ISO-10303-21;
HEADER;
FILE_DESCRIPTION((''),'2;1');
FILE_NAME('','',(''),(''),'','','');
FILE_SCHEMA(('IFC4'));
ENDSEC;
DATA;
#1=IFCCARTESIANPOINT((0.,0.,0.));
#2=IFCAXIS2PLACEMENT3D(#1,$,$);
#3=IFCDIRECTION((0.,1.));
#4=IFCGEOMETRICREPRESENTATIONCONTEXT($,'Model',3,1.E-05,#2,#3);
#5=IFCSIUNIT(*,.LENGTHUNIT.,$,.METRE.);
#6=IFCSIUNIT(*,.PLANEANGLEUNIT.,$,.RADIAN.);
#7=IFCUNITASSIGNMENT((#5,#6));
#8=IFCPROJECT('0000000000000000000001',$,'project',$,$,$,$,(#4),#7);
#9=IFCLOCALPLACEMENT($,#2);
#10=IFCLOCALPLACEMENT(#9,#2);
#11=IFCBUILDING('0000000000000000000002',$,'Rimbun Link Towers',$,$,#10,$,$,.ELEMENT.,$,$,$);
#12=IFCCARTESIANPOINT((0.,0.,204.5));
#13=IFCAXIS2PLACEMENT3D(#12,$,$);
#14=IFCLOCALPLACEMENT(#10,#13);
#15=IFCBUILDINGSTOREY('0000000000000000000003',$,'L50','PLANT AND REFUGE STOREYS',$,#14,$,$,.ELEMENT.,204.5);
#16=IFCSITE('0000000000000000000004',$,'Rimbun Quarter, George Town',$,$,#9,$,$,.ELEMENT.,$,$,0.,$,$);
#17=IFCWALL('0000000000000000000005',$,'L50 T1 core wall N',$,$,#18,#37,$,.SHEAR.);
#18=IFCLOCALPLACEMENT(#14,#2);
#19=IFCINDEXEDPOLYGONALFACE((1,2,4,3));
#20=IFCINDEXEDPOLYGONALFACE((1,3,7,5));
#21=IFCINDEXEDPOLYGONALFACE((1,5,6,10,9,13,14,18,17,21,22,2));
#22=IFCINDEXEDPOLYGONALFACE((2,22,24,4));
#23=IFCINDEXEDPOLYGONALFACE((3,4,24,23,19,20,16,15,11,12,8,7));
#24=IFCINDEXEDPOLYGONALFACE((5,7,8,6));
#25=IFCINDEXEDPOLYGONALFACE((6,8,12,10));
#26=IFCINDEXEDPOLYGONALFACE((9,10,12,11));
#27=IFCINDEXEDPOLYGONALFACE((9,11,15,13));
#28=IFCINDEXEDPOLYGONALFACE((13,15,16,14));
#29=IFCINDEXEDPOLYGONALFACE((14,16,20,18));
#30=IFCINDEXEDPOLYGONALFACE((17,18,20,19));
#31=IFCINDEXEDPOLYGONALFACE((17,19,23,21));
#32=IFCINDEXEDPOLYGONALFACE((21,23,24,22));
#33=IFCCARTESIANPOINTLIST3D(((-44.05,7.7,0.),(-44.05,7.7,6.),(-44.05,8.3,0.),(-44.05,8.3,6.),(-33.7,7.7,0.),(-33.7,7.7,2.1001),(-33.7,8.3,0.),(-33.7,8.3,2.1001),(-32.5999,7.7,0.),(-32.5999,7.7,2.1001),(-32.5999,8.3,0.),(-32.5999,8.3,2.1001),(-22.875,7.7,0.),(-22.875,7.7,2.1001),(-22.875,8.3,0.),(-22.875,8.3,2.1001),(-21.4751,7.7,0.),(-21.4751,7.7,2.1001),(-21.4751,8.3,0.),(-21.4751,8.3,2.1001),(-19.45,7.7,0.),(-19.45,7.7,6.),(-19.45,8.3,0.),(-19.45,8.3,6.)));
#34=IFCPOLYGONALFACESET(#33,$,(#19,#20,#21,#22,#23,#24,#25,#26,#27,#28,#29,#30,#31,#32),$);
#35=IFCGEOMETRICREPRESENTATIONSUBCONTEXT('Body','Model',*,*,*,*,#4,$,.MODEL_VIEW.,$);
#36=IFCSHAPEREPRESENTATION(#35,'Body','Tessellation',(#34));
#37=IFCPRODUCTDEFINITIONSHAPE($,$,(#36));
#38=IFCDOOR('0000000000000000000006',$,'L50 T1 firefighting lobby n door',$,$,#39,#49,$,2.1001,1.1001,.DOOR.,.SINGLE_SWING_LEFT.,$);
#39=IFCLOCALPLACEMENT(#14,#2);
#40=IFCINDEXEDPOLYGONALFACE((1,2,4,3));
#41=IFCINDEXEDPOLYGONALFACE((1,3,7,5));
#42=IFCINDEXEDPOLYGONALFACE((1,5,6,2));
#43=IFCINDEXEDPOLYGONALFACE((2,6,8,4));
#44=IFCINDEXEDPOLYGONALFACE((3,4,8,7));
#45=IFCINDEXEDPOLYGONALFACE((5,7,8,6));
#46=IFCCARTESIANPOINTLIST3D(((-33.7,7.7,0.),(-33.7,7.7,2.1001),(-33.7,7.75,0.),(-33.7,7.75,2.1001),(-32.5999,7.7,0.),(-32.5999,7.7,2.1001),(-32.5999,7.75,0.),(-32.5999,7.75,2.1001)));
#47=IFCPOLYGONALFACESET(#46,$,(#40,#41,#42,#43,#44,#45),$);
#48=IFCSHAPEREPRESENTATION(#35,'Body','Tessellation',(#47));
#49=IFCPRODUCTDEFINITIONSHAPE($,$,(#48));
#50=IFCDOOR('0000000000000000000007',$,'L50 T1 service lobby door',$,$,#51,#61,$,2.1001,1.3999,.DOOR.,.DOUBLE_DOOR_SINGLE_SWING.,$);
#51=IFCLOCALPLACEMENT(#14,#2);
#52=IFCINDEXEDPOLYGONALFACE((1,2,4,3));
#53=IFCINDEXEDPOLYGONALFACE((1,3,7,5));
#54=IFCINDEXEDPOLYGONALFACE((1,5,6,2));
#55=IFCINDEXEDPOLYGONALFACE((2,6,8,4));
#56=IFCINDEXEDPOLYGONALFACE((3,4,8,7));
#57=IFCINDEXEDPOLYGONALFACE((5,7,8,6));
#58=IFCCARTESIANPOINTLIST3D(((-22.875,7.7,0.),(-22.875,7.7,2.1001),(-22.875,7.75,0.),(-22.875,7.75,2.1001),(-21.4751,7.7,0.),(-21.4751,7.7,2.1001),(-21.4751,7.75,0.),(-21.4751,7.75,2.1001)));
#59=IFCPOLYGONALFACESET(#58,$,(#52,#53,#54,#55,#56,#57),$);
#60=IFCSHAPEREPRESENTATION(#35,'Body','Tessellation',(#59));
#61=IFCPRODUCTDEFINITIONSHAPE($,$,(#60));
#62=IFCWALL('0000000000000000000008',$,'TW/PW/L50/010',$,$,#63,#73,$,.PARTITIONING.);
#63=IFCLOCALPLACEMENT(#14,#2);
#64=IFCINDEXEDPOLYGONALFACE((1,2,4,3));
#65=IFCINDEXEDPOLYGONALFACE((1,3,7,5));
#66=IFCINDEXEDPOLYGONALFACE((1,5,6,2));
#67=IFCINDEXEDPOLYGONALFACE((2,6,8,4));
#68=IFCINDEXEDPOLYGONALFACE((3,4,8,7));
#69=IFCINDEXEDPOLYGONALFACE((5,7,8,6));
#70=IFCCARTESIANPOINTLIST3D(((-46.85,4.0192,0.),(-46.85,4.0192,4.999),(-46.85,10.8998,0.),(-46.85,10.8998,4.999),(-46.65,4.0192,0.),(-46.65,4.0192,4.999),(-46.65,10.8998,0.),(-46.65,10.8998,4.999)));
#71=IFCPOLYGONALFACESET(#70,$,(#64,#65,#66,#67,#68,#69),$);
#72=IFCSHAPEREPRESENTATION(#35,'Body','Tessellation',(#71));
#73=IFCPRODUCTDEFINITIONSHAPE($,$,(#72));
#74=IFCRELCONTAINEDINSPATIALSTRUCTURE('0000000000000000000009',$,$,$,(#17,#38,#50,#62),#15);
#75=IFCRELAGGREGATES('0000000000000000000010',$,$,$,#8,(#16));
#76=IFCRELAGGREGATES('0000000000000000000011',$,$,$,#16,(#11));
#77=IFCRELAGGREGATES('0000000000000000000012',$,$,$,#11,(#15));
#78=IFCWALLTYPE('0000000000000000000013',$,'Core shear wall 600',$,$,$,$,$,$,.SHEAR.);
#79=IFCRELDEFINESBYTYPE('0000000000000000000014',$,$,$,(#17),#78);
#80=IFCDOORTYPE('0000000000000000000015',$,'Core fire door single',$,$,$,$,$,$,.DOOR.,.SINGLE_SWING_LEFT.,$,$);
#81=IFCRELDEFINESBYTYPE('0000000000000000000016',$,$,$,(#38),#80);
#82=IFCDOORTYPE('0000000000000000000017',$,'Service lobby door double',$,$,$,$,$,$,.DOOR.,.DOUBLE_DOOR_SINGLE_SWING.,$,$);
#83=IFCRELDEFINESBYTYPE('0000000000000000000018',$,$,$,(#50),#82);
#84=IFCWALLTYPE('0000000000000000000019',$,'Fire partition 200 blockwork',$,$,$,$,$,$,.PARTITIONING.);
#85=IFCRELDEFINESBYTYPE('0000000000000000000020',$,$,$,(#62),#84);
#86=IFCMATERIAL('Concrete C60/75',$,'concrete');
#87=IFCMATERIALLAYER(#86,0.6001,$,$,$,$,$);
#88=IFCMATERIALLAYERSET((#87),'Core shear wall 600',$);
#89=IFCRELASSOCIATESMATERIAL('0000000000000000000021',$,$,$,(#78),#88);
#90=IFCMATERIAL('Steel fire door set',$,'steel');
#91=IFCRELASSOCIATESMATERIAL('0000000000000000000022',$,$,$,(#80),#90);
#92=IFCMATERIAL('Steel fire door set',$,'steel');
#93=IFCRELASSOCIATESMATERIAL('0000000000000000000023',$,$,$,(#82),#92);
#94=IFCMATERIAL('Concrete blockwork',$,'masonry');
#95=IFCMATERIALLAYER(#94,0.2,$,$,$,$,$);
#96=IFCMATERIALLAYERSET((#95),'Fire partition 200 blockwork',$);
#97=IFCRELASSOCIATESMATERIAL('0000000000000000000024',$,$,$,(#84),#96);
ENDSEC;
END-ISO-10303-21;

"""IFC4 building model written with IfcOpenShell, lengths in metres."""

from ifc_helpers import new_model, si_unit, direction, frame, frame_2d, origin, place, context, subcontext, project, spatial, rectangle, extrude, material, layer, layer_set, type_object, element, fill, save


model = new_model("IFC4")

# Units and contexts
model_context = context("Model", 3, precision=1e-05, world=origin(), true_north=direction((0.0, 1.0)))
body_context = subcontext(model_context, "Body", "Model", "MODEL_VIEW")
ifc_project = project(units=[si_unit("LENGTHUNIT", "METRE"), si_unit("PLANEANGLEUNIT", "RADIAN")], contexts=[model_context])

# Site, building, storey
site_placement = place(None, origin())
site = spatial("IfcSite", under=ifc_project, at=site_placement, Name="Rimbun Quarter, George Town", CompositionType="ELEMENT", RefElevation=0.0)
building_placement = place(site_placement, origin())
building = spatial("IfcBuilding", under=site, at=building_placement, Name="Rimbun Link Towers", CompositionType="ELEMENT")
storey_placement = place(building_placement, frame((0.0, 0.0, 204.5)))
storey = spatial("IfcBuildingStorey", under=building, at=storey_placement, Name="L50", Description="PLANT AND REFUGE STOREYS", CompositionType="ELEMENT", Elevation=204.5)

# Wall, openings, doors
ifc_material_1 = material(Name="Concrete C60/75", Category="concrete")
ifc_layer_1 = layer(ifc_material_1, 0.6001)
ifc_layer_set_1 = layer_set([ifc_layer_1], Name="Core shear wall 600")
wall_type_1 = type_object("IfcWallType", Name="Core shear wall 600", PredefinedType="SHEAR", material=ifc_layer_set_1)
wall_1_placement = place(storey_placement, frame((-44.05, 8.0, 0.0), z_axis=(0.0, 0.0, 1.0), x_axis=(1.0, 0.0, 0.0)))
wall_1 = element("IfcWall", 1, at=wall_1_placement, inside=storey, type_object=wall_type_1, Name="L50 T1 core wall N", PredefinedType="SHEAR", context=body_context, shape_type="SweptSolid", body=[
    extrude(rectangle(XDim=24.6001, YDim=0.6001, at=frame_2d((12.3, 0.0))), origin(), (0.0, 0.0, 1.0), 6.0),
])
opening_1_placement = place(wall_1_placement, frame((10.3501, 0.0, 0.0)))
opening_1 = element("IfcOpeningElement", 2, at=opening_1_placement, cuts=wall_1, PredefinedType="OPENING", context=body_context, shape_type="SweptSolid", body=[
    extrude(rectangle(XDim=1.1001, YDim=2.1001, at=frame_2d((0.55, 1.05))), frame((0.0, 0.3101, 0.0), z_axis=(0.0, -1.0, 0.0), x_axis=(1.0, 0.0, 0.0)), (0.0, 0.0, 1.0), 0.6201),
])
opening_2_placement = place(wall_1_placement, frame((21.175, 0.0, 0.0)))
opening_2 = element("IfcOpeningElement", 3, at=opening_2_placement, cuts=wall_1, PredefinedType="OPENING", context=body_context, shape_type="SweptSolid", body=[
    extrude(rectangle(XDim=1.3999, YDim=2.1001, at=frame_2d((0.7, 1.05))), frame((0.0, 0.3101, 0.0), z_axis=(0.0, -1.0, 0.0), x_axis=(1.0, 0.0, 0.0)), (0.0, 0.0, 1.0), 0.6201),
])
ifc_material_2 = material(Name="Steel fire door set", Category="steel")
door_type_1 = type_object("IfcDoorType", Name="Core fire door single", OperationType="SINGLE_SWING_LEFT", PredefinedType="DOOR", material=ifc_material_2)
door_1_placement = place(opening_1_placement, origin())
door_1 = element("IfcDoor", 4, at=door_1_placement, inside=storey, type_object=door_type_1, Name="L50 T1 firefighting lobby n door", OperationType="SINGLE_SWING_LEFT", OverallHeight=2.1001, OverallWidth=1.1001, PredefinedType="DOOR", context=body_context, shape_type="SweptSolid", body=[
    extrude(rectangle(XDim=1.1001, YDim=2.1001, at=frame_2d((0.55, 1.05))), frame((0.0, -0.25, 0.0), z_axis=(0.0, -1.0, 0.0), x_axis=(1.0, 0.0, 0.0)), (0.0, 0.0, 1.0), 0.05),
])
fill(opening_1, door_1)
ifc_material_3 = material(Name="Steel fire door set", Category="steel")
door_type_2 = type_object("IfcDoorType", Name="Service lobby door double", OperationType="DOUBLE_DOOR_SINGLE_SWING", PredefinedType="DOOR", material=ifc_material_3)
door_2_placement = place(opening_2_placement, origin())
door_2 = element("IfcDoor", 5, at=door_2_placement, inside=storey, type_object=door_type_2, Name="L50 T1 service lobby door", OperationType="DOUBLE_DOOR_SINGLE_SWING", OverallHeight=2.1001, OverallWidth=1.3999, PredefinedType="DOOR", context=body_context, shape_type="SweptSolid", body=[
    extrude(rectangle(XDim=1.3999, YDim=2.1001, at=frame_2d((0.7, 1.05))), frame((0.0, -0.25, 0.0), z_axis=(0.0, -1.0, 0.0), x_axis=(1.0, 0.0, 0.0)), (0.0, 0.0, 1.0), 0.05),
])
fill(opening_2, door_2)

# Wall
ifc_material_4 = material(Name="Concrete blockwork", Category="masonry")
ifc_layer_2 = layer(ifc_material_4, 0.2)
ifc_layer_set_2 = layer_set([ifc_layer_2], Name="Fire partition 200 blockwork")
wall_type_2 = type_object("IfcWallType", Name="Fire partition 200 blockwork", PredefinedType="PARTITIONING", material=ifc_layer_set_2)
wall_2_placement = place(storey_placement, frame((-46.75, 10.8999, 0.0), z_axis=(0.0, 0.0, 1.0), x_axis=(0.0, -1.0, 0.0)))
element("IfcWall", 6, at=wall_2_placement, inside=storey, type_object=wall_type_2, Name="TW/PW/L50/010", PredefinedType="PARTITIONING", context=body_context, shape_type="SweptSolid", body=[
    extrude(rectangle(XDim=6.8806, YDim=0.2, at=frame_2d((3.4404, 0.0))), origin(), (0.0, 0.0, 1.0), 4.999),
])

save(model, "model.ifc")
